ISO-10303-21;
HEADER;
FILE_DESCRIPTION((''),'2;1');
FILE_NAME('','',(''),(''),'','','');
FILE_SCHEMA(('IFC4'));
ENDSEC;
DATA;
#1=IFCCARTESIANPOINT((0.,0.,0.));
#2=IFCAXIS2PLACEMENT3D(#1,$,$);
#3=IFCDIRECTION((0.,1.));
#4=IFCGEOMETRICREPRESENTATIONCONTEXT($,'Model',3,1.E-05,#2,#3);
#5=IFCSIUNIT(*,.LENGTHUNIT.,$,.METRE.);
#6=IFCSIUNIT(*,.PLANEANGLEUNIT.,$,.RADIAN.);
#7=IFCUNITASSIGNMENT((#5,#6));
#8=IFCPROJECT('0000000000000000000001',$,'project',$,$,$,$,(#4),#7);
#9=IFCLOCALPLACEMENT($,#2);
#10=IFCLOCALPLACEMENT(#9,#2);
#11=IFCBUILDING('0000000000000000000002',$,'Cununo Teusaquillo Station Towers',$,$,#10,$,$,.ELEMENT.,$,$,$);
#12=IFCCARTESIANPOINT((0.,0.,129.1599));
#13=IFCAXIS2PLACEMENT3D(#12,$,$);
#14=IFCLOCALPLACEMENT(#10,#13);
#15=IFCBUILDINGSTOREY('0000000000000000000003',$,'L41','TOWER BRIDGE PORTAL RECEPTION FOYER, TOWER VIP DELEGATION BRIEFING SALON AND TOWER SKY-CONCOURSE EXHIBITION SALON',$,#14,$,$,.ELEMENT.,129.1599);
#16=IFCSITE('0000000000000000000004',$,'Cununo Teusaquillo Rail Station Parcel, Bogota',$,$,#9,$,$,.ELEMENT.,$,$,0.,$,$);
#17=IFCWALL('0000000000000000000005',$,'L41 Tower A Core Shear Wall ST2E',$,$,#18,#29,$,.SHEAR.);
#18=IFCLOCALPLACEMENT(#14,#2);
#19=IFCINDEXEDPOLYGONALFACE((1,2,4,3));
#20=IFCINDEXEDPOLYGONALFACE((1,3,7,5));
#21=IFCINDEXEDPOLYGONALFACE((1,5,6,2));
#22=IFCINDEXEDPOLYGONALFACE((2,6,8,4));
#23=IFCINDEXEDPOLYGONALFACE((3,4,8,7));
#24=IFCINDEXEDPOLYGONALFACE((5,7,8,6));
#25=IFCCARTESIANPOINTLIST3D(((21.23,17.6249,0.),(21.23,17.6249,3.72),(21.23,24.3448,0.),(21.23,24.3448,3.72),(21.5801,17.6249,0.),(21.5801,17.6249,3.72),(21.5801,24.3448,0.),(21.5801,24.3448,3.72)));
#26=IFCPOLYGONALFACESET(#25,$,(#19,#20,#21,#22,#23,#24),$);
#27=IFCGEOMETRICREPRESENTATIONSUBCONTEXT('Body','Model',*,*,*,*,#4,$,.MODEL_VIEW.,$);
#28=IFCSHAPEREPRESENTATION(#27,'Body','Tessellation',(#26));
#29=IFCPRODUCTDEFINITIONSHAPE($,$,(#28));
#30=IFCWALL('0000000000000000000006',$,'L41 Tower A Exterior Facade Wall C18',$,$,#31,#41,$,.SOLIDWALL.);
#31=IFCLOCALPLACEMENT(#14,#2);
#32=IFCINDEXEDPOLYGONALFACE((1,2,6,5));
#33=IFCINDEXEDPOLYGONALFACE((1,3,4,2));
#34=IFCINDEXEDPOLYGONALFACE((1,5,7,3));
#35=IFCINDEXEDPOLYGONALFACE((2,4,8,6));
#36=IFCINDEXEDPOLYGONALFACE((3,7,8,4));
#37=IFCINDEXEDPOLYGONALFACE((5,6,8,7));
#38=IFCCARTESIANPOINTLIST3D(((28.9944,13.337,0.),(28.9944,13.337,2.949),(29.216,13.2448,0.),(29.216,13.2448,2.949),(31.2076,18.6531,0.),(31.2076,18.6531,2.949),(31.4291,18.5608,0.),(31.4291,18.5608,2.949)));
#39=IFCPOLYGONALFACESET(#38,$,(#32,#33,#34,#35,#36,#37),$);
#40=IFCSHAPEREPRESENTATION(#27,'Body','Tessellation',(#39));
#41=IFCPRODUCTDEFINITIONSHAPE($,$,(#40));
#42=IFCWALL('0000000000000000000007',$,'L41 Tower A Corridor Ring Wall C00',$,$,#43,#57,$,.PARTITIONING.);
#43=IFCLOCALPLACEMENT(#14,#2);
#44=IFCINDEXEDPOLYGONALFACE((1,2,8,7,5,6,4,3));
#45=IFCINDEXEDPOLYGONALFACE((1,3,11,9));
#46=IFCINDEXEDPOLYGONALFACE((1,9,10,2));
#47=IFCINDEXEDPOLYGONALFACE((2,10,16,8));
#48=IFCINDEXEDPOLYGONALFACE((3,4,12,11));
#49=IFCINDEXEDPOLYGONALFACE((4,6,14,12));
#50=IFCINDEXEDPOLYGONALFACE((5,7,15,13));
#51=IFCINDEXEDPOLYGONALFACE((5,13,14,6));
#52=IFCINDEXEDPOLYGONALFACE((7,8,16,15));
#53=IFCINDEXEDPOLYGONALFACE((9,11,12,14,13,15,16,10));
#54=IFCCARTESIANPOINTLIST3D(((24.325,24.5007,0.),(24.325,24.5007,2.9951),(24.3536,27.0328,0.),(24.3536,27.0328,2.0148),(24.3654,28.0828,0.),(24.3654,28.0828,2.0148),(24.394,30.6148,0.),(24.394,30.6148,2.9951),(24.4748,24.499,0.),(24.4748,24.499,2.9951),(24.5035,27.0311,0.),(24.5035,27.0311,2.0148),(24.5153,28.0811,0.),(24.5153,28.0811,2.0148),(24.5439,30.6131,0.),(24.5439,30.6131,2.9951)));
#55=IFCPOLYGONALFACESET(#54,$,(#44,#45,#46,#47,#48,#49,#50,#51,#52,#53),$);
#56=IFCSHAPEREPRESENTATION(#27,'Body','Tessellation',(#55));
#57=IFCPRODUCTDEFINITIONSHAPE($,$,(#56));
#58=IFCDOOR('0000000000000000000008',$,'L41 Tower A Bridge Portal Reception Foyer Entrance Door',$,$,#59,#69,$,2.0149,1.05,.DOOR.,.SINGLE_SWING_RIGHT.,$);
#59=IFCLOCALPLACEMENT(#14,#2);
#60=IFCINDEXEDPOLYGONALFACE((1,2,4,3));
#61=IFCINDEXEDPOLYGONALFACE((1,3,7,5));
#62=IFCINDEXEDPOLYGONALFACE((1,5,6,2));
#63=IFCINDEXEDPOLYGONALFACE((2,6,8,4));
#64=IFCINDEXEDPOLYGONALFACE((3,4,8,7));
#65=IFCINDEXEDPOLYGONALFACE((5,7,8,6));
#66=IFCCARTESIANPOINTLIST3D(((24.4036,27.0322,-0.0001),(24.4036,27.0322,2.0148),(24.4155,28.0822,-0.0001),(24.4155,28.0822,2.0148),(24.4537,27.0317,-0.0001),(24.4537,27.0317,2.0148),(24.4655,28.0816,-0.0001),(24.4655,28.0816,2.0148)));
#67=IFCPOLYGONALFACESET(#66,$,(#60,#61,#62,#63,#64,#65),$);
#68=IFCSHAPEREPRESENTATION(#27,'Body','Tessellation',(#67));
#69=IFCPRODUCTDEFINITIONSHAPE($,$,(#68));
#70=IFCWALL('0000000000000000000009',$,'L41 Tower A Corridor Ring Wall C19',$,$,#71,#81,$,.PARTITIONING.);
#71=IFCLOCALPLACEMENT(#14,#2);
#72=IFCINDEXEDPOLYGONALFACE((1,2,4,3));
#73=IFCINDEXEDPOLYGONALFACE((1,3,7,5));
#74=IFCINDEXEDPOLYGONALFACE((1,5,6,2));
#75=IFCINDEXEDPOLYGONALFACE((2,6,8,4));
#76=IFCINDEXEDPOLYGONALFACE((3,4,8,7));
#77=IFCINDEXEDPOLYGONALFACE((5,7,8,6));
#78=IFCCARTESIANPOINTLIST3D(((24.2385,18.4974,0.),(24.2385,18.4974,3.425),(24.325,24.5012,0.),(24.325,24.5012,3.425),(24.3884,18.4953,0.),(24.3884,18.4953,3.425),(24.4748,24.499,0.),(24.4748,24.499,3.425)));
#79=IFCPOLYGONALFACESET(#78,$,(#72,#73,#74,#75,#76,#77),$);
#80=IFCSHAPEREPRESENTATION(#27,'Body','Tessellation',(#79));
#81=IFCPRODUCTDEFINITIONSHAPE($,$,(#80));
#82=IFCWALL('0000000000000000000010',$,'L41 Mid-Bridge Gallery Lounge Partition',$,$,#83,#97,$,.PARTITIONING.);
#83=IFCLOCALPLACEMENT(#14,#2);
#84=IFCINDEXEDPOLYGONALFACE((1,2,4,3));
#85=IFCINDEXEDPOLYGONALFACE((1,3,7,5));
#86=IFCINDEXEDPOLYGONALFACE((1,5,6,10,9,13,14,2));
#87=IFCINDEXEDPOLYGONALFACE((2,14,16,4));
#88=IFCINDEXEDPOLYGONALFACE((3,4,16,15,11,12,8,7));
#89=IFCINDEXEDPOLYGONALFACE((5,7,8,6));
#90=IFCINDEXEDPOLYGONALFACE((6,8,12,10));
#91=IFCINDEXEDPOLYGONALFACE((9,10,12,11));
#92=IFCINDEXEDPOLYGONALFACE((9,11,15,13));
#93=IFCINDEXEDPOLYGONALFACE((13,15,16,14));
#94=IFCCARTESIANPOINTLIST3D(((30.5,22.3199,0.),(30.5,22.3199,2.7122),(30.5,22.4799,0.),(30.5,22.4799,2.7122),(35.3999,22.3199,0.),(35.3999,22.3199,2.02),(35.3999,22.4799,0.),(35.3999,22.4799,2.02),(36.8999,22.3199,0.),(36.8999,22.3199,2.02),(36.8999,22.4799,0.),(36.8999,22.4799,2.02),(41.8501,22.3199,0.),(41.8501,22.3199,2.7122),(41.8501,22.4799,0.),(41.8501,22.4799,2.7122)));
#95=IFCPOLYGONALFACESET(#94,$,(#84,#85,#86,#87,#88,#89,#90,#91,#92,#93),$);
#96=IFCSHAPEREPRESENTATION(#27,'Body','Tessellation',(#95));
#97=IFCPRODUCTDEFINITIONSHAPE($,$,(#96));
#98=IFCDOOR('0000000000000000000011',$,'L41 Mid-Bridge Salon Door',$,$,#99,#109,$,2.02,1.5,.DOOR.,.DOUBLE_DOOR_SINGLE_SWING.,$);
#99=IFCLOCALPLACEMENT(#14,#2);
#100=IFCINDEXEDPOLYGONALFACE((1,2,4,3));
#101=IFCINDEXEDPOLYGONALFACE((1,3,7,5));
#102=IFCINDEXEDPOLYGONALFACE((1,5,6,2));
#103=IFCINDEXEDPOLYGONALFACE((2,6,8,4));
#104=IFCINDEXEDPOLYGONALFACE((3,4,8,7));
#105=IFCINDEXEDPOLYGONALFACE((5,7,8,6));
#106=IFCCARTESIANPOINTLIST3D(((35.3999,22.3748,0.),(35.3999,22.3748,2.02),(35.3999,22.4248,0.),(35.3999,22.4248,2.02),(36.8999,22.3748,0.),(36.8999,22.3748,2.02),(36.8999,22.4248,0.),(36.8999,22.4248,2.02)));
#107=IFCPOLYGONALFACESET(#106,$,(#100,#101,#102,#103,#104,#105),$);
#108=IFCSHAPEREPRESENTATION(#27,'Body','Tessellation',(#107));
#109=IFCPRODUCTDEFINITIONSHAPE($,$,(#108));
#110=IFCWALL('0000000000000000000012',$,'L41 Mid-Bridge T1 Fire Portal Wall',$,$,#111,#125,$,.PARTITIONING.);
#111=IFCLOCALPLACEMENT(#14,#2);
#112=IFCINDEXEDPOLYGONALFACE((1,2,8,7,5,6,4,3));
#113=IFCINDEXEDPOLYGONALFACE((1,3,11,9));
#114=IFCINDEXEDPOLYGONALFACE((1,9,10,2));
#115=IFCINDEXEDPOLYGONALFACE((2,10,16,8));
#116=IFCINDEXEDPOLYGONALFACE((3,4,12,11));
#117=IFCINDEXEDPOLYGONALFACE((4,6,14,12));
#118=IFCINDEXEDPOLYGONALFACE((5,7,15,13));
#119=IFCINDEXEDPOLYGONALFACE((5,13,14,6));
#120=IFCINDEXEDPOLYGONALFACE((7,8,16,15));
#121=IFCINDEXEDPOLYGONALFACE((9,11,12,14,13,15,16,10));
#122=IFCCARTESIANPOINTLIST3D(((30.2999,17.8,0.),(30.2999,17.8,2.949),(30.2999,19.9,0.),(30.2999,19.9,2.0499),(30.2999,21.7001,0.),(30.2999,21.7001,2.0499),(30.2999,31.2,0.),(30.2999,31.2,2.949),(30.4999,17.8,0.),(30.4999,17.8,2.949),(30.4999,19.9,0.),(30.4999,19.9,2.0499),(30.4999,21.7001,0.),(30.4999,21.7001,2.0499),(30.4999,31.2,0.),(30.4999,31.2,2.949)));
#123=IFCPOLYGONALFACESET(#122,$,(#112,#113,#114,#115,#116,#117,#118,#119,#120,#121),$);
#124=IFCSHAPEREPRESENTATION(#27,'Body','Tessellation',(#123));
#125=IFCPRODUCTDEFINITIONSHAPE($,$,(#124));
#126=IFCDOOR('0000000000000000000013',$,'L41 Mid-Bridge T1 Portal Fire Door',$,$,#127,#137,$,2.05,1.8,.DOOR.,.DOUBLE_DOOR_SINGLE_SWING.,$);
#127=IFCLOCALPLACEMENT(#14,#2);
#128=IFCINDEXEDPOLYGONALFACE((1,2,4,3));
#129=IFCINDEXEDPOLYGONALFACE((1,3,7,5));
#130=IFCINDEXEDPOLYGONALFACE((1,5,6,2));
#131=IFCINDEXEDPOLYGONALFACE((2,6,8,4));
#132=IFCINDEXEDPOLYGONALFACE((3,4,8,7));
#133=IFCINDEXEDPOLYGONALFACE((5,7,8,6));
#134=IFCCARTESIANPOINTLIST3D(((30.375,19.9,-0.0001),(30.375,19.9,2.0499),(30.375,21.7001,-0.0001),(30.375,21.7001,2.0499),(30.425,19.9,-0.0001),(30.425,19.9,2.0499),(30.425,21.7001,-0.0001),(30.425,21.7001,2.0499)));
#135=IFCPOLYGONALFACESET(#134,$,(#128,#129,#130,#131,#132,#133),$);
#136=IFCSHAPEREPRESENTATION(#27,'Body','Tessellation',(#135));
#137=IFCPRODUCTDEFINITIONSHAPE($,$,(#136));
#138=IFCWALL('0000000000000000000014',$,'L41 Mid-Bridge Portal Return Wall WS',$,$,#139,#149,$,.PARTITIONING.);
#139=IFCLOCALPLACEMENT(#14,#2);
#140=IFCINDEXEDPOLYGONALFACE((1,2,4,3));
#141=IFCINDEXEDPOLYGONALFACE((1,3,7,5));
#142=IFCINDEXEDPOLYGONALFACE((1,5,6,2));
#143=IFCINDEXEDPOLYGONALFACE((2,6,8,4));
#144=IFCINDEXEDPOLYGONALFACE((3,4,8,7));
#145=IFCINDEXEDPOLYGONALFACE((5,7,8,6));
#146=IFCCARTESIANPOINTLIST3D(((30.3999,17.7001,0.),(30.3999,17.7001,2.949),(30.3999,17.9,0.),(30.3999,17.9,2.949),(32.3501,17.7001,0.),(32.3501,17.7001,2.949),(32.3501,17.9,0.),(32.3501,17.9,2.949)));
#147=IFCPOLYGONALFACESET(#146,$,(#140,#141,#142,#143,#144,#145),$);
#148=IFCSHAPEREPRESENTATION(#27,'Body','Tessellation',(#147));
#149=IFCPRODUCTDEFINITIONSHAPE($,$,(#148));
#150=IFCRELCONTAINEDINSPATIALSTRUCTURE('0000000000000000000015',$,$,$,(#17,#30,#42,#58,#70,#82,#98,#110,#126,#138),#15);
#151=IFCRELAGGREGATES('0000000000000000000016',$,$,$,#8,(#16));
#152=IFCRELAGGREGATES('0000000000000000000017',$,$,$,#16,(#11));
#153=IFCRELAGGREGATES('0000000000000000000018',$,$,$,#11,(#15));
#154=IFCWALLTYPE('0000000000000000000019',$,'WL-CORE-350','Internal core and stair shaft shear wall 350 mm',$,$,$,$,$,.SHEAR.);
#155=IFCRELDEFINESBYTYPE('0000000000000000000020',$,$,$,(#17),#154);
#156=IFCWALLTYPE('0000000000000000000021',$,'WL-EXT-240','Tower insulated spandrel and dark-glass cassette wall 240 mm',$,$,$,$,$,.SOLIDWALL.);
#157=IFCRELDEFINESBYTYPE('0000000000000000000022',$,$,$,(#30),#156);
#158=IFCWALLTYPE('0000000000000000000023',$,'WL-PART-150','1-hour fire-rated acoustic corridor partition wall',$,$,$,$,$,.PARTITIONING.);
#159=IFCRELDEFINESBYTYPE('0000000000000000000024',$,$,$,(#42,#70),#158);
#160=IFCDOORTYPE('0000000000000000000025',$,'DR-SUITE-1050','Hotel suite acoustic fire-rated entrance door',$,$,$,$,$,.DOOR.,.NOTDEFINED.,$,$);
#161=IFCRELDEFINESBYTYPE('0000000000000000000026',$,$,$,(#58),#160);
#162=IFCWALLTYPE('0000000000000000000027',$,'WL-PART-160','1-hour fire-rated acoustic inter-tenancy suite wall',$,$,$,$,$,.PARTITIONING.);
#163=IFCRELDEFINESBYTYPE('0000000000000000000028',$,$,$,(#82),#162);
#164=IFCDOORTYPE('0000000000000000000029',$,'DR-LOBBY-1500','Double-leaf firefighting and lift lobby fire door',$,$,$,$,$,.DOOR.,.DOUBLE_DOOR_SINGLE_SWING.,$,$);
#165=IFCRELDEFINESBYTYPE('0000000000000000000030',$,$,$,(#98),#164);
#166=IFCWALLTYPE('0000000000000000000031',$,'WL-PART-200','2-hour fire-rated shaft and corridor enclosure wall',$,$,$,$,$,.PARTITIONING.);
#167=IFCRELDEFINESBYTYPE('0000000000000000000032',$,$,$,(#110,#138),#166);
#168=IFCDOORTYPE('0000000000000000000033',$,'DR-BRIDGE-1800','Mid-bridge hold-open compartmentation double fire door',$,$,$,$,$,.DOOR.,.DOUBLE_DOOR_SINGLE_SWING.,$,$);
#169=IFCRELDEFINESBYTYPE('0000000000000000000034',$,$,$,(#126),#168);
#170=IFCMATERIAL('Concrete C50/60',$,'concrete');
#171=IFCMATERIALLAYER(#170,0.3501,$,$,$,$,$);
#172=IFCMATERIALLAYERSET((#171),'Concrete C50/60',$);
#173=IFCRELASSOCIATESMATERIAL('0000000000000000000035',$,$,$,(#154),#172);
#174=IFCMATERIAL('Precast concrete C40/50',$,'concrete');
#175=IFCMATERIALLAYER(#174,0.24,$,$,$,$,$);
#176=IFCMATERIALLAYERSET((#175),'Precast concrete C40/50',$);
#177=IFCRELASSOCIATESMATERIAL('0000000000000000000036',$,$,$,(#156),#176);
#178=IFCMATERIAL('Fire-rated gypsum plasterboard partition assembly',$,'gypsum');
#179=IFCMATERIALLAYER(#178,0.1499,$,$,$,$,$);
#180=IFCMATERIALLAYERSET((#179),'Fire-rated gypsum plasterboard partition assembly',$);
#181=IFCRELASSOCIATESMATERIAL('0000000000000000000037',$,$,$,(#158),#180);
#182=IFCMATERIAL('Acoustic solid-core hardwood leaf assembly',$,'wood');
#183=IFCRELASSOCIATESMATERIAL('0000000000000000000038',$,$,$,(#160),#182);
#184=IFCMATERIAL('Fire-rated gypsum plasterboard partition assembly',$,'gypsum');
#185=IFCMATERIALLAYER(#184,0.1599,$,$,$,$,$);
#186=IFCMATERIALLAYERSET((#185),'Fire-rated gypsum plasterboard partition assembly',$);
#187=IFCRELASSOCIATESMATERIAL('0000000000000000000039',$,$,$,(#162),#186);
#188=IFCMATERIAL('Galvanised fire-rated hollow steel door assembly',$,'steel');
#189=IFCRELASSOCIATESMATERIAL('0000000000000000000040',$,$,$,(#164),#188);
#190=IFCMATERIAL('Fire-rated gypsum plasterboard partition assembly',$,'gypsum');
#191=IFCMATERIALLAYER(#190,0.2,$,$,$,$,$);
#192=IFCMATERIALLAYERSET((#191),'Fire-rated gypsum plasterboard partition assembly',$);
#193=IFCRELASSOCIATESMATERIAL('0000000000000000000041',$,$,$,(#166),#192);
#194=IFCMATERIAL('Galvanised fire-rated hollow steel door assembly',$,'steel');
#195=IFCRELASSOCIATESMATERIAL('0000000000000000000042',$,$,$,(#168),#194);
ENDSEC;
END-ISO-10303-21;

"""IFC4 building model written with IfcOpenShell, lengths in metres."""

from ifc_helpers import new_model, si_unit, direction, frame, frame_2d, origin, place, context, subcontext, project, spatial, rectangle, extrude, source, transform, mapped, material, layer, layer_set, type_object, element, fill, save


model = new_model("IFC4")

# Units and contexts
model_context = context("Model", 3, precision=1e-05, world=origin(), true_north=direction((0.0, 1.0)))
body_context = subcontext(model_context, "Body", "Model", "MODEL_VIEW")
ifc_project = project(units=[si_unit("LENGTHUNIT", "METRE"), si_unit("PLANEANGLEUNIT", "RADIAN")], contexts=[model_context])

# Site, building, storey
site_placement = place(None, origin())
site = spatial("IfcSite", under=ifc_project, at=site_placement, Name="Cununo Teusaquillo Rail Station Parcel, Bogota", CompositionType="ELEMENT", RefElevation=0.0)
building_placement = place(site_placement, origin())
building = spatial("IfcBuilding", under=site, at=building_placement, Name="Cununo Teusaquillo Station Towers", CompositionType="ELEMENT")
storey_placement = place(building_placement, frame((0.0, 0.0, 129.1599)))
storey = spatial("IfcBuildingStorey", under=building, at=storey_placement, Name="L41", Description="TOWER BRIDGE PORTAL RECEPTION FOYER, TOWER VIP DELEGATION BRIEFING SALON AND TOWER SKY-CONCOURSE EXHIBITION SALON", CompositionType="ELEMENT", Elevation=129.1599)

# Walls
ifc_material_1 = material(Name="Concrete C50/60", Category="concrete")
ifc_layer_1 = layer(ifc_material_1, 0.3501)
ifc_layer_set_1 = layer_set([ifc_layer_1], Name="Concrete C50/60")
wall_type_1 = type_object("IfcWallType", Name="WL-CORE-350", Description="Internal core and stair shaft shear wall 350 mm", PredefinedType="SHEAR", material=ifc_layer_set_1)
wall_1_placement = place(storey_placement, frame((21.405, 17.625, 0.0), z_axis=(0.0, 0.0, 1.0), x_axis=(0.0, 1.0, 0.0)))
element("IfcWall", 1, at=wall_1_placement, inside=storey, type_object=wall_type_1, Name="L41 Tower A Core Shear Wall ST2E", PredefinedType="SHEAR", context=body_context, shape_type="SweptSolid", body=[
    extrude(rectangle(XDim=6.72, YDim=0.3501, at=frame_2d((3.3599, 0.0))), origin(), (0.0, 0.0, 1.0), 3.72),
])
ifc_material_2 = material(Name="Precast concrete C40/50", Category="concrete")
ifc_layer_2 = layer(ifc_material_2, 0.24)
ifc_layer_set_2 = layer_set([ifc_layer_2], Name="Precast concrete C40/50")
wall_type_2 = type_object("IfcWallType", Name="WL-EXT-240", Description="Tower insulated spandrel and dark-glass cassette wall 240 mm", PredefinedType="SOLIDWALL", material=ifc_layer_set_2)
wall_2_placement = place(storey_placement, frame((31.3184, 18.6069, 0.0), z_axis=(0.0, 0.0, 1.0), x_axis=(-0.384344, -0.92319, 0.0)))
element("IfcWall", 2, at=wall_2_placement, inside=storey, type_object=wall_type_2, Name="L41 Tower A Exterior Facade Wall C18", PredefinedType="SOLIDWALL", context=body_context, shape_type="SweptSolid", body=[
    extrude(rectangle(XDim=5.7583, YDim=0.24, at=frame_2d((2.8792, 0.0))), origin(), (0.0, 0.0, 1.0), 2.949),
])

# Wall, opening, door
ifc_material_3 = material(Name="Fire-rated gypsum plasterboard partition assembly", Category="gypsum")
ifc_layer_3 = layer(ifc_material_3, 0.1499)
ifc_layer_set_3 = layer_set([ifc_layer_3], Name="Fire-rated gypsum plasterboard partition assembly")
wall_type_3 = type_object("IfcWallType", Name="WL-PART-150", Description="1-hour fire-rated acoustic corridor partition wall", PredefinedType="PARTITIONING", material=ifc_layer_set_3)
wall_3_placement = place(storey_placement, frame((24.3999, 24.5, 0.0), z_axis=(0.0, 0.0, 1.0), x_axis=(0.0113, 0.999936, 0.0)))
wall_3 = element("IfcWall", 3, at=wall_3_placement, inside=storey, type_object=wall_type_3, Name="L41 Tower A Corridor Ring Wall C00", PredefinedType="PARTITIONING", context=body_context, shape_type="SweptSolid", body=[
    extrude(rectangle(XDim=6.1145, YDim=0.1499, at=frame_2d((3.0571, 0.0))), origin(), (0.0, 0.0, 1.0), 2.9951),
])
shared_shape_1 = source(origin(), body_context, "Body", "SweptSolid", [
    extrude(rectangle(XDim=1.05, YDim=2.0149, at=frame_2d((0.5249, 1.0073))), frame((0.0, 0.085, 0.0), z_axis=(0.0, -1.0, 0.0), x_axis=(1.0, 0.0, 0.0)), (0.0, 0.0, 1.0), 0.1699),
])
opening_1_placement = place(wall_3_placement, frame((2.5322, 0.0, 0.0)))
opening_1 = element("IfcOpeningElement", 4, at=opening_1_placement, cuts=wall_3, PredefinedType="OPENING", context=body_context, shape_type="MappedRepresentation", body=[
    mapped(shared_shape_1, transform((0.0, 0.0, 0.0), x_axis=(1.0, 0.0, 0.0), y_axis=(0.0, 1.0, 0.0), z_axis=(0.0, 0.0, 1.0), scale=1.0)),
])
ifc_material_4 = material(Name="Acoustic solid-core hardwood leaf assembly", Category="wood")
door_type_1 = type_object("IfcDoorType", Name="DR-SUITE-1050", Description="Hotel suite acoustic fire-rated entrance door", OperationType="NOTDEFINED", PredefinedType="DOOR", material=ifc_material_4)
shared_shape_2 = source(origin(), body_context, "Body", "SweptSolid", [
    extrude(rectangle(XDim=1.05, YDim=2.0149, at=frame_2d((0.5249, 1.0073))), frame((0.0, 0.0249, 0.0), z_axis=(0.0, -1.0, 0.0), x_axis=(1.0, 0.0, 0.0)), (0.0, 0.0, 1.0), 0.05),
])
door_1_placement = place(opening_1_placement, origin())
door_1 = element("IfcDoor", 5, at=door_1_placement, inside=storey, type_object=door_type_1, Name="L41 Tower A Bridge Portal Reception Foyer Entrance Door", OperationType="SINGLE_SWING_RIGHT", OverallHeight=2.0149, OverallWidth=1.05, PredefinedType="DOOR", context=body_context, shape_type="MappedRepresentation", body=[
    mapped(shared_shape_2, transform((0.0, 0.0, 0.0), x_axis=(1.0, 0.0, 0.0), y_axis=(0.0, 1.0, 0.0), z_axis=(0.0, 0.0, 1.0), scale=1.0)),
])
fill(opening_1, door_1)

# Wall
wall_4_placement = place(storey_placement, frame((24.3135, 18.4963, 0.0), z_axis=(0.0, 0.0, 1.0), x_axis=(0.014394, 0.999896, 0.0)))
element("IfcWall", 6, at=wall_4_placement, inside=storey, type_object=wall_type_3, Name="L41 Tower A Corridor Ring Wall C19", PredefinedType="PARTITIONING", context=body_context, shape_type="SweptSolid", body=[
    extrude(rectangle(XDim=6.0044, YDim=0.1499, at=frame_2d((3.0022, 0.0))), origin(), (0.0, 0.0, 1.0), 3.425),
])

# Walls, openings, doors
ifc_material_5 = material(Name="Fire-rated gypsum plasterboard partition assembly", Category="gypsum")
ifc_layer_4 = layer(ifc_material_5, 0.1599)
ifc_layer_set_4 = layer_set([ifc_layer_4], Name="Fire-rated gypsum plasterboard partition assembly")
wall_type_4 = type_object("IfcWallType", Name="WL-PART-160", Description="1-hour fire-rated acoustic inter-tenancy suite wall", PredefinedType="PARTITIONING", material=ifc_layer_set_4)
wall_5_placement = place(storey_placement, frame((30.5, 22.3999, 0.0), z_axis=(0.0, 0.0, 1.0), x_axis=(1.0, 0.0, 0.0)))
wall_5 = element("IfcWall", 7, at=wall_5_placement, inside=storey, type_object=wall_type_4, Name="L41 Mid-Bridge Gallery Lounge Partition", PredefinedType="PARTITIONING", context=body_context, shape_type="SweptSolid", body=[
    extrude(rectangle(XDim=11.3501, YDim=0.1599, at=frame_2d((5.675, 0.0))), origin(), (0.0, 0.0, 1.0), 2.7122),
])
shared_shape_3 = source(origin(), body_context, "Body", "SweptSolid", [
    extrude(rectangle(XDim=1.5, YDim=2.02, at=frame_2d((0.75, 1.01))), frame((0.0, 0.0898, 0.0), z_axis=(0.0, -1.0, 0.0), x_axis=(1.0, 0.0, 0.0)), (0.0, 0.0, 1.0), 0.1799),
])
opening_2_placement = place(wall_5_placement, frame((4.8999, 0.0, 0.0)))
opening_2 = element("IfcOpeningElement", 8, at=opening_2_placement, cuts=wall_5, PredefinedType="OPENING", context=body_context, shape_type="MappedRepresentation", body=[
    mapped(shared_shape_3, transform((0.0, 0.0, 0.0), x_axis=(1.0, 0.0, 0.0), y_axis=(0.0, 1.0, 0.0), z_axis=(0.0, 0.0, 1.0), scale=1.0)),
])
ifc_material_6 = material(Name="Galvanised fire-rated hollow steel door assembly", Category="steel")
door_type_2 = type_object("IfcDoorType", Name="DR-LOBBY-1500", Description="Double-leaf firefighting and lift lobby fire door", OperationType="DOUBLE_DOOR_SINGLE_SWING", PredefinedType="DOOR", material=ifc_material_6)
shared_shape_4 = source(origin(), body_context, "Body", "SweptSolid", [
    extrude(rectangle(XDim=1.5, YDim=2.02, at=frame_2d((0.75, 1.01))), frame((0.0, 0.0249, 0.0), z_axis=(0.0, -1.0, 0.0), x_axis=(1.0, 0.0, 0.0)), (0.0, 0.0, 1.0), 0.05),
])
door_2_placement = place(opening_2_placement, origin())
door_2 = element("IfcDoor", 9, at=door_2_placement, inside=storey, type_object=door_type_2, Name="L41 Mid-Bridge Salon Door", OperationType="DOUBLE_DOOR_SINGLE_SWING", OverallHeight=2.02, OverallWidth=1.5, PredefinedType="DOOR", context=body_context, shape_type="MappedRepresentation", body=[
    mapped(shared_shape_4, transform((0.0, 0.0, 0.0), x_axis=(1.0, 0.0, 0.0), y_axis=(0.0, 1.0, 0.0), z_axis=(0.0, 0.0, 1.0), scale=1.0)),
])
fill(opening_2, door_2)
ifc_material_7 = material(Name="Fire-rated gypsum plasterboard partition assembly", Category="gypsum")
ifc_layer_5 = layer(ifc_material_7, 0.2)
ifc_layer_set_5 = layer_set([ifc_layer_5], Name="Fire-rated gypsum plasterboard partition assembly")
wall_type_5 = type_object("IfcWallType", Name="WL-PART-200", Description="2-hour fire-rated shaft and corridor enclosure wall", PredefinedType="PARTITIONING", material=ifc_layer_set_5)
wall_6_placement = place(storey_placement, frame((30.3999, 17.8, 0.0), z_axis=(0.0, 0.0, 1.0), x_axis=(0.0, 1.0, 0.0)))
wall_6 = element("IfcWall", 10, at=wall_6_placement, inside=storey, type_object=wall_type_5, Name="L41 Mid-Bridge T1 Fire Portal Wall", PredefinedType="PARTITIONING", context=body_context, shape_type="SweptSolid", body=[
    extrude(rectangle(XDim=13.3999, YDim=0.2, at=frame_2d((6.7, 0.0))), origin(), (0.0, 0.0, 1.0), 2.949),
])
shared_shape_5 = source(origin(), body_context, "Body", "SweptSolid", [
    extrude(rectangle(XDim=1.8, YDim=2.05, at=frame_2d((0.8999, 1.0249))), frame((0.0, 0.1099, 0.0), z_axis=(0.0, -1.0, 0.0), x_axis=(1.0, 0.0, 0.0)), (0.0, 0.0, 1.0), 0.22),
])
opening_3_placement = place(wall_6_placement, frame((2.1001, 0.0, 0.0)))
opening_3 = element("IfcOpeningElement", 11, at=opening_3_placement, cuts=wall_6, PredefinedType="OPENING", context=body_context, shape_type="MappedRepresentation", body=[
    mapped(shared_shape_5, transform((0.0, 0.0, 0.0), x_axis=(1.0, 0.0, 0.0), y_axis=(0.0, 1.0, 0.0), z_axis=(0.0, 0.0, 1.0), scale=1.0)),
])
ifc_material_8 = material(Name="Galvanised fire-rated hollow steel door assembly", Category="steel")
door_type_3 = type_object("IfcDoorType", Name="DR-BRIDGE-1800", Description="Mid-bridge hold-open compartmentation double fire door", OperationType="DOUBLE_DOOR_SINGLE_SWING", PredefinedType="DOOR", material=ifc_material_8)
shared_shape_6 = source(origin(), body_context, "Body", "SweptSolid", [
    extrude(rectangle(XDim=1.8, YDim=2.05, at=frame_2d((0.8999, 1.0249))), frame((0.0, 0.0249, 0.0), z_axis=(0.0, -1.0, 0.0), x_axis=(1.0, 0.0, 0.0)), (0.0, 0.0, 1.0), 0.05),
])
door_3_placement = place(opening_3_placement, origin())
door_3 = element("IfcDoor", 12, at=door_3_placement, inside=storey, type_object=door_type_3, Name="L41 Mid-Bridge T1 Portal Fire Door", OperationType="DOUBLE_DOOR_SINGLE_SWING", OverallHeight=2.05, OverallWidth=1.8, PredefinedType="DOOR", context=body_context, shape_type="MappedRepresentation", body=[
    mapped(shared_shape_6, transform((0.0, 0.0, 0.0), x_axis=(1.0, 0.0, 0.0), y_axis=(0.0, 1.0, 0.0), z_axis=(0.0, 0.0, 1.0), scale=1.0)),
])
fill(opening_3, door_3)

# Wall
wall_7_placement = place(storey_placement, frame((30.3999, 17.8, 0.0), z_axis=(0.0, 0.0, 1.0), x_axis=(1.0, 0.0, 0.0)))
element("IfcWall", 13, at=wall_7_placement, inside=storey, type_object=wall_type_5, Name="L41 Mid-Bridge Portal Return Wall WS", PredefinedType="PARTITIONING", context=body_context, shape_type="SweptSolid", body=[
    extrude(rectangle(XDim=1.9502, YDim=0.2, at=frame_2d((0.9751, 0.0))), origin(), (0.0, 0.0, 1.0), 2.949),
])

save(model, "model.ifc")
